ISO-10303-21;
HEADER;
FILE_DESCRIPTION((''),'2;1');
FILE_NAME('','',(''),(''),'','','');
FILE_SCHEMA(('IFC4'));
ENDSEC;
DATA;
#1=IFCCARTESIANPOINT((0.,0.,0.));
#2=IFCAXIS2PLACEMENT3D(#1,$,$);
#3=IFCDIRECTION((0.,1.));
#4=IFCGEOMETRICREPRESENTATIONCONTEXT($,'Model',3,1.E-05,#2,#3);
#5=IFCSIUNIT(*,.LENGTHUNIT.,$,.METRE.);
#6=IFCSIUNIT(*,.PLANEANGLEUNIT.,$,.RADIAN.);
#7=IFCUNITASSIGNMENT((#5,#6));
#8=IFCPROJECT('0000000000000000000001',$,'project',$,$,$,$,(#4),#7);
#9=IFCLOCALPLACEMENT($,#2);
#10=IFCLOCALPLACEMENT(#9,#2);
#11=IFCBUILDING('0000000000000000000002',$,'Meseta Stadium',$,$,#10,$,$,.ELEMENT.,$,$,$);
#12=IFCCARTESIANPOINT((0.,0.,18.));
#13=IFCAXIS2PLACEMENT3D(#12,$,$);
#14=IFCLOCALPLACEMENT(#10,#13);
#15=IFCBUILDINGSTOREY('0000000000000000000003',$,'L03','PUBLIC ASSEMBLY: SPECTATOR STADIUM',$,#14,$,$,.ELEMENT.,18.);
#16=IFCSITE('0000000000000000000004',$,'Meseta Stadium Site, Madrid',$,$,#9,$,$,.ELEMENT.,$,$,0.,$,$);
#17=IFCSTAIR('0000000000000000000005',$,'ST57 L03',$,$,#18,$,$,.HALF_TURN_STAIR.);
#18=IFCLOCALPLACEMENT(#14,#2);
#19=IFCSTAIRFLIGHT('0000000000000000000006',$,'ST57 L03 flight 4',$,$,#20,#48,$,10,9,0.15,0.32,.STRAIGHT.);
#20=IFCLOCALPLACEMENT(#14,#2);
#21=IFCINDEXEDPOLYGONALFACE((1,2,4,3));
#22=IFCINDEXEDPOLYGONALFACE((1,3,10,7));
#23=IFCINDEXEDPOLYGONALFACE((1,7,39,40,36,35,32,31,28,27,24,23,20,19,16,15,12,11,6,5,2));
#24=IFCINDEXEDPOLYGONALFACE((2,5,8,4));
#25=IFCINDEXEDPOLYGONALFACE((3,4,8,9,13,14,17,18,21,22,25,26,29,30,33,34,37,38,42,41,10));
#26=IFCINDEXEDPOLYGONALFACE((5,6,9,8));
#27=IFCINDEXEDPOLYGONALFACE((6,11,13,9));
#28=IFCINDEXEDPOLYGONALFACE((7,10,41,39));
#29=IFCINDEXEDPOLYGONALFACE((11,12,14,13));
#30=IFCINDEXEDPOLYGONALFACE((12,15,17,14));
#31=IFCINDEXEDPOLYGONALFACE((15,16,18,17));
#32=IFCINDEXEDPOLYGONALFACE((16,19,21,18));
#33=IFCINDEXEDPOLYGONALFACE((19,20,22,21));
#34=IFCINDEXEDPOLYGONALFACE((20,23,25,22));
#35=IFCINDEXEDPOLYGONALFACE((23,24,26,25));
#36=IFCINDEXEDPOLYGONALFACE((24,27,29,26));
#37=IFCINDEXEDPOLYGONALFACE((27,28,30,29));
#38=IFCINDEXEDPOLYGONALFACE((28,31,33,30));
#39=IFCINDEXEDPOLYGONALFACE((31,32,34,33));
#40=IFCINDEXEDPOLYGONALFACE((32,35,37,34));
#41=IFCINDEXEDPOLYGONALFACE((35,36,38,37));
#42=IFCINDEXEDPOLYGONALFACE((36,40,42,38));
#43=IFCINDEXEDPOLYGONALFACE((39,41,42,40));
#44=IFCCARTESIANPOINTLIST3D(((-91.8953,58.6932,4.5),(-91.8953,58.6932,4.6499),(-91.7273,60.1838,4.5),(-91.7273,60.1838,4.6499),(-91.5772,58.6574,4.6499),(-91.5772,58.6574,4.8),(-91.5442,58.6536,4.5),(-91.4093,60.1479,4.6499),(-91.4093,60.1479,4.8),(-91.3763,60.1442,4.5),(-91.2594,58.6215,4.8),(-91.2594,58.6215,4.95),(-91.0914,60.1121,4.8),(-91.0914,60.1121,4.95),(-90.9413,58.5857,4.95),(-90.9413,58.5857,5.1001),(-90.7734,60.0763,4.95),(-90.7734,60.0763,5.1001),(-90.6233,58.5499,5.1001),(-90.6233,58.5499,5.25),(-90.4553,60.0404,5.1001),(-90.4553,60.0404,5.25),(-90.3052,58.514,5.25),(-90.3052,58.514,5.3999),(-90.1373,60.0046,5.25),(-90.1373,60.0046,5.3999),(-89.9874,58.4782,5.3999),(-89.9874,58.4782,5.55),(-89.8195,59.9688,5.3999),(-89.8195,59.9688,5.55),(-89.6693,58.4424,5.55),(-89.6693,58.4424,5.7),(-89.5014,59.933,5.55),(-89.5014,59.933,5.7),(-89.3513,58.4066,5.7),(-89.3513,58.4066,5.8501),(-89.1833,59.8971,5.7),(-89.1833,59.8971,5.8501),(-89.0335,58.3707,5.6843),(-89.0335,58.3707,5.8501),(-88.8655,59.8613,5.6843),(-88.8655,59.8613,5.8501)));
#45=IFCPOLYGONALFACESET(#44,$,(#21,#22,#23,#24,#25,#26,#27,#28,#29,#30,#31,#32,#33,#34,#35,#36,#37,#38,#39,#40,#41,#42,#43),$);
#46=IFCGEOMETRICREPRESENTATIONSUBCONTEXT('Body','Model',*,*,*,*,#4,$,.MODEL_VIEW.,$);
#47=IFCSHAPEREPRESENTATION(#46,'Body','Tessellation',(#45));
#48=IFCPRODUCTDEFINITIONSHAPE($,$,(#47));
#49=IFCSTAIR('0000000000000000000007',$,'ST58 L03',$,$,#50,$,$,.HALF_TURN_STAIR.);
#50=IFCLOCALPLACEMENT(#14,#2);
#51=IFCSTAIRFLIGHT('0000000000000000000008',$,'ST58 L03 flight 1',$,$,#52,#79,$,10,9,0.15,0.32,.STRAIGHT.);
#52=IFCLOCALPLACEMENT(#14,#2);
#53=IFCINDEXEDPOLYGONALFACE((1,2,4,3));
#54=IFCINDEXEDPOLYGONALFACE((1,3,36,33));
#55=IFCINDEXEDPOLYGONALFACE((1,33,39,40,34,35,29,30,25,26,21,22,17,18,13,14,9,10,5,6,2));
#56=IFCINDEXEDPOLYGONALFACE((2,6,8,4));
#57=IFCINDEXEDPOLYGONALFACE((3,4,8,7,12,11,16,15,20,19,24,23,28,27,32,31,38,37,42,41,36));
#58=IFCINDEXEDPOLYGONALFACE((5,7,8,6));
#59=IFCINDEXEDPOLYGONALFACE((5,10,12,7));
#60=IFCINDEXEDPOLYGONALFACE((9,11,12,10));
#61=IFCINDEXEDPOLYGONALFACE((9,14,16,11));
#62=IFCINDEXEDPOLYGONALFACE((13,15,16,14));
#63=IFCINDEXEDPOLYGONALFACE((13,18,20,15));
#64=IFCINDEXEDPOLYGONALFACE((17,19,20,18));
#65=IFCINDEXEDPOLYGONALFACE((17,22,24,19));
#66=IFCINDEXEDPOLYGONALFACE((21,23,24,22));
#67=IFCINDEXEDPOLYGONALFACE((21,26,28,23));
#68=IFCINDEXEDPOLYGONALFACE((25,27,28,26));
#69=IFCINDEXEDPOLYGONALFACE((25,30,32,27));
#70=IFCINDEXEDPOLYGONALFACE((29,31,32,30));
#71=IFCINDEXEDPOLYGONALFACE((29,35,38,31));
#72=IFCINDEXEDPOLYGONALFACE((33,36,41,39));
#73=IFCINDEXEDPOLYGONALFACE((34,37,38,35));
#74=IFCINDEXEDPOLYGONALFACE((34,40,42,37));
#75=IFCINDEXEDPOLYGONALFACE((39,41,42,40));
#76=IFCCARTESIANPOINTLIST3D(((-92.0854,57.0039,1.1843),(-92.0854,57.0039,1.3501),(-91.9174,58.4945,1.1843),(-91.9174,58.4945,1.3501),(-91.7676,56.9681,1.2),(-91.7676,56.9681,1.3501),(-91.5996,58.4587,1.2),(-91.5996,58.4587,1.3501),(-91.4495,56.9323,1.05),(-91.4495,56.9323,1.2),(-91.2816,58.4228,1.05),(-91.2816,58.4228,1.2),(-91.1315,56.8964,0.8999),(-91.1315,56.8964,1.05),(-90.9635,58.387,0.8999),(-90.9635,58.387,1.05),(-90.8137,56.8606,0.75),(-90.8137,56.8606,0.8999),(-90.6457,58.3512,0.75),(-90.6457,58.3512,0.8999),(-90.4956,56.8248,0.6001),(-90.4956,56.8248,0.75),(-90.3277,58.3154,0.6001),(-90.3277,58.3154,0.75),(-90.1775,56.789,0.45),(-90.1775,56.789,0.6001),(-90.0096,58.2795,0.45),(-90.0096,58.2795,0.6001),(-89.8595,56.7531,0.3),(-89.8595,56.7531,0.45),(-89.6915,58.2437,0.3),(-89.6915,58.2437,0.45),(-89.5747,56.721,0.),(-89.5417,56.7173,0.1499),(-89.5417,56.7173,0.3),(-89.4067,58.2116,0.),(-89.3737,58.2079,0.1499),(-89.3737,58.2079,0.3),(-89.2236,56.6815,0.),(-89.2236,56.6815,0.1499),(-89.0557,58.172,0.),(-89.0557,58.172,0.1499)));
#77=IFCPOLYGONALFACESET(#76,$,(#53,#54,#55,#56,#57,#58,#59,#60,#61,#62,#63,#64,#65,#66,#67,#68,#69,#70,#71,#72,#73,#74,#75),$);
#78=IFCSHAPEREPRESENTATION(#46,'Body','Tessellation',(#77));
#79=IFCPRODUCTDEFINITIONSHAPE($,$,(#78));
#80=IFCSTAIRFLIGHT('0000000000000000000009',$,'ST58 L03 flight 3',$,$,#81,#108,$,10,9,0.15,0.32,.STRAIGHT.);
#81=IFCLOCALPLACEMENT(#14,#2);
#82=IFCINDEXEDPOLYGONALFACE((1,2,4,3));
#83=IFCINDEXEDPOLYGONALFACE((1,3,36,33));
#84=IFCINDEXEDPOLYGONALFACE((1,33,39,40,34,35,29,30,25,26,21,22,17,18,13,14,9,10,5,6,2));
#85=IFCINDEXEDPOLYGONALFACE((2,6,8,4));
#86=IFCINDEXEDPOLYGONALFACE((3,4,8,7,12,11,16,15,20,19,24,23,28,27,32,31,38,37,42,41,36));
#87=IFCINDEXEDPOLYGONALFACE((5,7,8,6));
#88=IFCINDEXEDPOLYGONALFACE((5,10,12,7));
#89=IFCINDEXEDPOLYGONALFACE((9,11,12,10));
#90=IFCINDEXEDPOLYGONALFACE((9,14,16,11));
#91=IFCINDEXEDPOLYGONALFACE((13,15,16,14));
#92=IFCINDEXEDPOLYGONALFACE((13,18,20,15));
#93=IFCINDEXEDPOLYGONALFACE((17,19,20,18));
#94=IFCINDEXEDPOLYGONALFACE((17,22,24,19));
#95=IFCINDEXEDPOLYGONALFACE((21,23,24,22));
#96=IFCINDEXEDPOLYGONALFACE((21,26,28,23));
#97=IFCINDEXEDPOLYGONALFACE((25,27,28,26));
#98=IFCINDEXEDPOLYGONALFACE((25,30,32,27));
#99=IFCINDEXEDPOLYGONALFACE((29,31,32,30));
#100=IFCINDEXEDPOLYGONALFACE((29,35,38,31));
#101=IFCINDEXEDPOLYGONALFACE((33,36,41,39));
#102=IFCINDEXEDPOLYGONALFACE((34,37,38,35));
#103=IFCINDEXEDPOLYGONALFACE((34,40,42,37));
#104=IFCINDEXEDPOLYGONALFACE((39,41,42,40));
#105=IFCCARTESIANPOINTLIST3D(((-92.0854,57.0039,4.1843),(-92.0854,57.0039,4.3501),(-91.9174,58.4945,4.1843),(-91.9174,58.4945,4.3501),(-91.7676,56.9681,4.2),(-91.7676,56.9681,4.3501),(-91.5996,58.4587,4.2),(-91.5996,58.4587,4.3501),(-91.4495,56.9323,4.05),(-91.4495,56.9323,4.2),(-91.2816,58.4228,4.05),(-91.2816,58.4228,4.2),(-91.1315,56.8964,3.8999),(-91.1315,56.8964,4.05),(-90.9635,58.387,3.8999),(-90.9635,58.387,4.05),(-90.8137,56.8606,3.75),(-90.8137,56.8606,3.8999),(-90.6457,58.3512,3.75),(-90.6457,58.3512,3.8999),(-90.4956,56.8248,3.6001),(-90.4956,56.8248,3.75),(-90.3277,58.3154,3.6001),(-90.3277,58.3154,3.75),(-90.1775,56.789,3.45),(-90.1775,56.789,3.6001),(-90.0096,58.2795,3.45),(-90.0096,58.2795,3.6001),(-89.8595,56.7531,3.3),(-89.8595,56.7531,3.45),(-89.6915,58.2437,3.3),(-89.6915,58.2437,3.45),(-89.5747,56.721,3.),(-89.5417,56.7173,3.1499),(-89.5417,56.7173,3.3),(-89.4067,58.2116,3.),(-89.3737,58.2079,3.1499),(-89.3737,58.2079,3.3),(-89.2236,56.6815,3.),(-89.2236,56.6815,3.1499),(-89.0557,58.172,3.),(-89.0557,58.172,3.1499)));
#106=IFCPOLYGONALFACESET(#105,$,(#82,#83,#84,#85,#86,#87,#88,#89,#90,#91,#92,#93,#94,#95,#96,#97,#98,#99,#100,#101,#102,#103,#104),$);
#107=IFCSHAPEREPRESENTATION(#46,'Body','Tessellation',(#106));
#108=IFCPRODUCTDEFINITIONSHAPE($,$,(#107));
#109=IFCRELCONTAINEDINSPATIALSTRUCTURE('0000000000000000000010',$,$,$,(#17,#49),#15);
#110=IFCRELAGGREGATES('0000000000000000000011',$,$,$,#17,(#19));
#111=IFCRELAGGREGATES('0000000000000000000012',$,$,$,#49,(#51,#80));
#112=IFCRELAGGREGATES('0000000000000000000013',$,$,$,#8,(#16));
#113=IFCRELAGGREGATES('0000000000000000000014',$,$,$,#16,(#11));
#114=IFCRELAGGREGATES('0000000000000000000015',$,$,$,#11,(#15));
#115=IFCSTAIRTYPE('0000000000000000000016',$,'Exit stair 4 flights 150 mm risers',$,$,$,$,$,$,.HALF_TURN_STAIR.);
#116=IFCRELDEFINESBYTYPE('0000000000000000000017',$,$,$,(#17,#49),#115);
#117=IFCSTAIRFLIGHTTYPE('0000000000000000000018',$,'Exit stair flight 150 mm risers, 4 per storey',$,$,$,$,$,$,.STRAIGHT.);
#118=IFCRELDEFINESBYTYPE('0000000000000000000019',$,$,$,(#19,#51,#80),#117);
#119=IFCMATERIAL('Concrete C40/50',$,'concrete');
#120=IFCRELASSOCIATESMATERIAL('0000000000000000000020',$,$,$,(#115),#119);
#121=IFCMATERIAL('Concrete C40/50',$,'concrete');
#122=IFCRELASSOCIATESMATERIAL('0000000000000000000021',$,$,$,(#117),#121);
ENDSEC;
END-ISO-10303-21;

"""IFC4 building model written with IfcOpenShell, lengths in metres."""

from ifc_helpers import new_model, si_unit, direction, frame, origin, place, context, subcontext, project, spatial, polyline, outline, extrude, material, type_object, element, aggregate, save


model = new_model("IFC4")

# Units and contexts
model_context = context("Model", 3, precision=1e-05, world=origin(), true_north=direction((0.0, 1.0)))
body_context = subcontext(model_context, "Body", "Model", "MODEL_VIEW")
ifc_project = project(units=[si_unit("LENGTHUNIT", "METRE"), si_unit("PLANEANGLEUNIT", "RADIAN")], contexts=[model_context])

# Site, building, storey
site_placement = place(None, origin())
site = spatial("IfcSite", under=ifc_project, at=site_placement, Name="Meseta Stadium Site, Madrid", CompositionType="ELEMENT", RefElevation=0.0)
building_placement = place(site_placement, origin())
building = spatial("IfcBuilding", under=site, at=building_placement, Name="Meseta Stadium", CompositionType="ELEMENT")
storey_placement = place(building_placement, frame((0.0, 0.0, 18.0)))
storey = spatial("IfcBuildingStorey", under=building, at=storey_placement, Name="L03", Description="PUBLIC ASSEMBLY: SPECTATOR STADIUM", CompositionType="ELEMENT", Elevation=18.0)

# Stairs, stair flights
ifc_material_1 = material(Name="Concrete C40/50", Category="concrete")
stair_type = type_object("IfcStairType", Name="Exit stair 4 flights 150 mm risers", PredefinedType="HALF_TURN_STAIR", material=ifc_material_1)
ifc_material_2 = material(Name="Concrete C40/50", Category="concrete")
stair_flight_type = type_object("IfcStairFlightType", Name="Exit stair flight 150 mm risers, 4 per storey", PredefinedType="STRAIGHT", material=ifc_material_2)
stair_1_placement = place(storey_placement, origin())
stair_1 = element("IfcStair", 1, at=stair_1_placement, inside=storey, type_object=stair_type, Name="ST57 L03", PredefinedType="HALF_TURN_STAIR")
stair_flight_1_placement = place(storey_placement, frame((-91.8113, 59.4385, 4.5), z_axis=(0.0, 0.0, 1.0), x_axis=(0.993712, -0.111964, 0.0)))
stair_flight_1 = element("IfcStairFlight", 2, at=stair_flight_1_placement, type_object=stair_flight_type, Name="ST57 L03 flight 4", NumberOfRisers=10, NumberOfTreads=9, PredefinedType="STRAIGHT", RiserHeight=0.15, TreadLength=0.32, context=body_context, shape_type="SweptSolid", body=[
    extrude(outline(polyline([(0.0, 0.0), (0.0, 0.1499), (0.3201, 0.1499), (0.3201, 0.3), (0.6399, 0.3), (0.6399, 0.45), (0.96, 0.45), (0.96, 0.6001), (1.28, 0.6001), (1.28, 0.75), (1.6001, 0.75), (1.6001, 0.8999), (1.9199, 0.8999), (1.9199, 1.05), (2.24, 1.05), (2.24, 1.2), (2.5601, 1.2), (2.5601, 1.3501), (2.8799, 1.3501), (2.8799, 1.1843), (0.3533, 0.0), (0.0, 0.0)])), frame((0.0, 0.75, 0.0), z_axis=(0.0, -1.0, 0.0), x_axis=(1.0, 0.0, 0.0)), (0.0, 0.0, 1.0), 1.5),
])
aggregate(stair_1, [stair_flight_1])
stair_2_placement = place(storey_placement, origin())
stair_2 = element("IfcStair", 3, at=stair_2_placement, inside=storey, type_object=stair_type, Name="ST58 L03", PredefinedType="HALF_TURN_STAIR")
stair_flight_2_placement = place(storey_placement, frame((-89.1396, 57.4268, 0.0), z_axis=(0.0, 0.0, 1.0), x_axis=(-0.993712, 0.111964, 0.0)))
stair_flight_2 = element("IfcStairFlight", 4, at=stair_flight_2_placement, type_object=stair_flight_type, Name="ST58 L03 flight 1", NumberOfRisers=10, NumberOfTreads=9, PredefinedType="STRAIGHT", RiserHeight=0.15, TreadLength=0.32, context=body_context, shape_type="SweptSolid", body=[
    extrude(outline(polyline([(0.0, 0.0), (0.0, 0.1499), (0.3201, 0.1499), (0.3201, 0.3), (0.6399, 0.3), (0.6399, 0.45), (0.96, 0.45), (0.96, 0.6001), (1.28, 0.6001), (1.28, 0.75), (1.6001, 0.75), (1.6001, 0.8999), (1.9199, 0.8999), (1.9199, 1.05), (2.24, 1.05), (2.24, 1.2), (2.5601, 1.2), (2.5601, 1.3501), (2.8799, 1.3501), (2.8799, 1.1843), (0.3533, 0.0), (0.0, 0.0)])), frame((0.0, 0.75, 0.0), z_axis=(0.0, -1.0, 0.0), x_axis=(1.0, 0.0, 0.0)), (0.0, 0.0, 1.0), 1.5),
])
stair_flight_3_placement = place(storey_placement, frame((-89.1396, 57.4268, 3.0), z_axis=(0.0, 0.0, 1.0), x_axis=(-0.993712, 0.111964, 0.0)))
stair_flight_3 = element("IfcStairFlight", 5, at=stair_flight_3_placement, type_object=stair_flight_type, Name="ST58 L03 flight 3", NumberOfRisers=10, NumberOfTreads=9, PredefinedType="STRAIGHT", RiserHeight=0.15, TreadLength=0.32, context=body_context, shape_type="SweptSolid", body=[
    extrude(outline(polyline([(0.0, 0.0), (0.0, 0.1499), (0.3201, 0.1499), (0.3201, 0.3), (0.6399, 0.3), (0.6399, 0.45), (0.96, 0.45), (0.96, 0.6001), (1.28, 0.6001), (1.28, 0.75), (1.6001, 0.75), (1.6001, 0.8999), (1.9199, 0.8999), (1.9199, 1.05), (2.24, 1.05), (2.24, 1.2), (2.5601, 1.2), (2.5601, 1.3501), (2.8799, 1.3501), (2.8799, 1.1843), (0.3533, 0.0), (0.0, 0.0)])), frame((0.0, 0.75, 0.0), z_axis=(0.0, -1.0, 0.0), x_axis=(1.0, 0.0, 0.0)), (0.0, 0.0, 1.0), 1.5),
])
aggregate(stair_2, [stair_flight_2, stair_flight_3])

save(model, "model.ifc")
